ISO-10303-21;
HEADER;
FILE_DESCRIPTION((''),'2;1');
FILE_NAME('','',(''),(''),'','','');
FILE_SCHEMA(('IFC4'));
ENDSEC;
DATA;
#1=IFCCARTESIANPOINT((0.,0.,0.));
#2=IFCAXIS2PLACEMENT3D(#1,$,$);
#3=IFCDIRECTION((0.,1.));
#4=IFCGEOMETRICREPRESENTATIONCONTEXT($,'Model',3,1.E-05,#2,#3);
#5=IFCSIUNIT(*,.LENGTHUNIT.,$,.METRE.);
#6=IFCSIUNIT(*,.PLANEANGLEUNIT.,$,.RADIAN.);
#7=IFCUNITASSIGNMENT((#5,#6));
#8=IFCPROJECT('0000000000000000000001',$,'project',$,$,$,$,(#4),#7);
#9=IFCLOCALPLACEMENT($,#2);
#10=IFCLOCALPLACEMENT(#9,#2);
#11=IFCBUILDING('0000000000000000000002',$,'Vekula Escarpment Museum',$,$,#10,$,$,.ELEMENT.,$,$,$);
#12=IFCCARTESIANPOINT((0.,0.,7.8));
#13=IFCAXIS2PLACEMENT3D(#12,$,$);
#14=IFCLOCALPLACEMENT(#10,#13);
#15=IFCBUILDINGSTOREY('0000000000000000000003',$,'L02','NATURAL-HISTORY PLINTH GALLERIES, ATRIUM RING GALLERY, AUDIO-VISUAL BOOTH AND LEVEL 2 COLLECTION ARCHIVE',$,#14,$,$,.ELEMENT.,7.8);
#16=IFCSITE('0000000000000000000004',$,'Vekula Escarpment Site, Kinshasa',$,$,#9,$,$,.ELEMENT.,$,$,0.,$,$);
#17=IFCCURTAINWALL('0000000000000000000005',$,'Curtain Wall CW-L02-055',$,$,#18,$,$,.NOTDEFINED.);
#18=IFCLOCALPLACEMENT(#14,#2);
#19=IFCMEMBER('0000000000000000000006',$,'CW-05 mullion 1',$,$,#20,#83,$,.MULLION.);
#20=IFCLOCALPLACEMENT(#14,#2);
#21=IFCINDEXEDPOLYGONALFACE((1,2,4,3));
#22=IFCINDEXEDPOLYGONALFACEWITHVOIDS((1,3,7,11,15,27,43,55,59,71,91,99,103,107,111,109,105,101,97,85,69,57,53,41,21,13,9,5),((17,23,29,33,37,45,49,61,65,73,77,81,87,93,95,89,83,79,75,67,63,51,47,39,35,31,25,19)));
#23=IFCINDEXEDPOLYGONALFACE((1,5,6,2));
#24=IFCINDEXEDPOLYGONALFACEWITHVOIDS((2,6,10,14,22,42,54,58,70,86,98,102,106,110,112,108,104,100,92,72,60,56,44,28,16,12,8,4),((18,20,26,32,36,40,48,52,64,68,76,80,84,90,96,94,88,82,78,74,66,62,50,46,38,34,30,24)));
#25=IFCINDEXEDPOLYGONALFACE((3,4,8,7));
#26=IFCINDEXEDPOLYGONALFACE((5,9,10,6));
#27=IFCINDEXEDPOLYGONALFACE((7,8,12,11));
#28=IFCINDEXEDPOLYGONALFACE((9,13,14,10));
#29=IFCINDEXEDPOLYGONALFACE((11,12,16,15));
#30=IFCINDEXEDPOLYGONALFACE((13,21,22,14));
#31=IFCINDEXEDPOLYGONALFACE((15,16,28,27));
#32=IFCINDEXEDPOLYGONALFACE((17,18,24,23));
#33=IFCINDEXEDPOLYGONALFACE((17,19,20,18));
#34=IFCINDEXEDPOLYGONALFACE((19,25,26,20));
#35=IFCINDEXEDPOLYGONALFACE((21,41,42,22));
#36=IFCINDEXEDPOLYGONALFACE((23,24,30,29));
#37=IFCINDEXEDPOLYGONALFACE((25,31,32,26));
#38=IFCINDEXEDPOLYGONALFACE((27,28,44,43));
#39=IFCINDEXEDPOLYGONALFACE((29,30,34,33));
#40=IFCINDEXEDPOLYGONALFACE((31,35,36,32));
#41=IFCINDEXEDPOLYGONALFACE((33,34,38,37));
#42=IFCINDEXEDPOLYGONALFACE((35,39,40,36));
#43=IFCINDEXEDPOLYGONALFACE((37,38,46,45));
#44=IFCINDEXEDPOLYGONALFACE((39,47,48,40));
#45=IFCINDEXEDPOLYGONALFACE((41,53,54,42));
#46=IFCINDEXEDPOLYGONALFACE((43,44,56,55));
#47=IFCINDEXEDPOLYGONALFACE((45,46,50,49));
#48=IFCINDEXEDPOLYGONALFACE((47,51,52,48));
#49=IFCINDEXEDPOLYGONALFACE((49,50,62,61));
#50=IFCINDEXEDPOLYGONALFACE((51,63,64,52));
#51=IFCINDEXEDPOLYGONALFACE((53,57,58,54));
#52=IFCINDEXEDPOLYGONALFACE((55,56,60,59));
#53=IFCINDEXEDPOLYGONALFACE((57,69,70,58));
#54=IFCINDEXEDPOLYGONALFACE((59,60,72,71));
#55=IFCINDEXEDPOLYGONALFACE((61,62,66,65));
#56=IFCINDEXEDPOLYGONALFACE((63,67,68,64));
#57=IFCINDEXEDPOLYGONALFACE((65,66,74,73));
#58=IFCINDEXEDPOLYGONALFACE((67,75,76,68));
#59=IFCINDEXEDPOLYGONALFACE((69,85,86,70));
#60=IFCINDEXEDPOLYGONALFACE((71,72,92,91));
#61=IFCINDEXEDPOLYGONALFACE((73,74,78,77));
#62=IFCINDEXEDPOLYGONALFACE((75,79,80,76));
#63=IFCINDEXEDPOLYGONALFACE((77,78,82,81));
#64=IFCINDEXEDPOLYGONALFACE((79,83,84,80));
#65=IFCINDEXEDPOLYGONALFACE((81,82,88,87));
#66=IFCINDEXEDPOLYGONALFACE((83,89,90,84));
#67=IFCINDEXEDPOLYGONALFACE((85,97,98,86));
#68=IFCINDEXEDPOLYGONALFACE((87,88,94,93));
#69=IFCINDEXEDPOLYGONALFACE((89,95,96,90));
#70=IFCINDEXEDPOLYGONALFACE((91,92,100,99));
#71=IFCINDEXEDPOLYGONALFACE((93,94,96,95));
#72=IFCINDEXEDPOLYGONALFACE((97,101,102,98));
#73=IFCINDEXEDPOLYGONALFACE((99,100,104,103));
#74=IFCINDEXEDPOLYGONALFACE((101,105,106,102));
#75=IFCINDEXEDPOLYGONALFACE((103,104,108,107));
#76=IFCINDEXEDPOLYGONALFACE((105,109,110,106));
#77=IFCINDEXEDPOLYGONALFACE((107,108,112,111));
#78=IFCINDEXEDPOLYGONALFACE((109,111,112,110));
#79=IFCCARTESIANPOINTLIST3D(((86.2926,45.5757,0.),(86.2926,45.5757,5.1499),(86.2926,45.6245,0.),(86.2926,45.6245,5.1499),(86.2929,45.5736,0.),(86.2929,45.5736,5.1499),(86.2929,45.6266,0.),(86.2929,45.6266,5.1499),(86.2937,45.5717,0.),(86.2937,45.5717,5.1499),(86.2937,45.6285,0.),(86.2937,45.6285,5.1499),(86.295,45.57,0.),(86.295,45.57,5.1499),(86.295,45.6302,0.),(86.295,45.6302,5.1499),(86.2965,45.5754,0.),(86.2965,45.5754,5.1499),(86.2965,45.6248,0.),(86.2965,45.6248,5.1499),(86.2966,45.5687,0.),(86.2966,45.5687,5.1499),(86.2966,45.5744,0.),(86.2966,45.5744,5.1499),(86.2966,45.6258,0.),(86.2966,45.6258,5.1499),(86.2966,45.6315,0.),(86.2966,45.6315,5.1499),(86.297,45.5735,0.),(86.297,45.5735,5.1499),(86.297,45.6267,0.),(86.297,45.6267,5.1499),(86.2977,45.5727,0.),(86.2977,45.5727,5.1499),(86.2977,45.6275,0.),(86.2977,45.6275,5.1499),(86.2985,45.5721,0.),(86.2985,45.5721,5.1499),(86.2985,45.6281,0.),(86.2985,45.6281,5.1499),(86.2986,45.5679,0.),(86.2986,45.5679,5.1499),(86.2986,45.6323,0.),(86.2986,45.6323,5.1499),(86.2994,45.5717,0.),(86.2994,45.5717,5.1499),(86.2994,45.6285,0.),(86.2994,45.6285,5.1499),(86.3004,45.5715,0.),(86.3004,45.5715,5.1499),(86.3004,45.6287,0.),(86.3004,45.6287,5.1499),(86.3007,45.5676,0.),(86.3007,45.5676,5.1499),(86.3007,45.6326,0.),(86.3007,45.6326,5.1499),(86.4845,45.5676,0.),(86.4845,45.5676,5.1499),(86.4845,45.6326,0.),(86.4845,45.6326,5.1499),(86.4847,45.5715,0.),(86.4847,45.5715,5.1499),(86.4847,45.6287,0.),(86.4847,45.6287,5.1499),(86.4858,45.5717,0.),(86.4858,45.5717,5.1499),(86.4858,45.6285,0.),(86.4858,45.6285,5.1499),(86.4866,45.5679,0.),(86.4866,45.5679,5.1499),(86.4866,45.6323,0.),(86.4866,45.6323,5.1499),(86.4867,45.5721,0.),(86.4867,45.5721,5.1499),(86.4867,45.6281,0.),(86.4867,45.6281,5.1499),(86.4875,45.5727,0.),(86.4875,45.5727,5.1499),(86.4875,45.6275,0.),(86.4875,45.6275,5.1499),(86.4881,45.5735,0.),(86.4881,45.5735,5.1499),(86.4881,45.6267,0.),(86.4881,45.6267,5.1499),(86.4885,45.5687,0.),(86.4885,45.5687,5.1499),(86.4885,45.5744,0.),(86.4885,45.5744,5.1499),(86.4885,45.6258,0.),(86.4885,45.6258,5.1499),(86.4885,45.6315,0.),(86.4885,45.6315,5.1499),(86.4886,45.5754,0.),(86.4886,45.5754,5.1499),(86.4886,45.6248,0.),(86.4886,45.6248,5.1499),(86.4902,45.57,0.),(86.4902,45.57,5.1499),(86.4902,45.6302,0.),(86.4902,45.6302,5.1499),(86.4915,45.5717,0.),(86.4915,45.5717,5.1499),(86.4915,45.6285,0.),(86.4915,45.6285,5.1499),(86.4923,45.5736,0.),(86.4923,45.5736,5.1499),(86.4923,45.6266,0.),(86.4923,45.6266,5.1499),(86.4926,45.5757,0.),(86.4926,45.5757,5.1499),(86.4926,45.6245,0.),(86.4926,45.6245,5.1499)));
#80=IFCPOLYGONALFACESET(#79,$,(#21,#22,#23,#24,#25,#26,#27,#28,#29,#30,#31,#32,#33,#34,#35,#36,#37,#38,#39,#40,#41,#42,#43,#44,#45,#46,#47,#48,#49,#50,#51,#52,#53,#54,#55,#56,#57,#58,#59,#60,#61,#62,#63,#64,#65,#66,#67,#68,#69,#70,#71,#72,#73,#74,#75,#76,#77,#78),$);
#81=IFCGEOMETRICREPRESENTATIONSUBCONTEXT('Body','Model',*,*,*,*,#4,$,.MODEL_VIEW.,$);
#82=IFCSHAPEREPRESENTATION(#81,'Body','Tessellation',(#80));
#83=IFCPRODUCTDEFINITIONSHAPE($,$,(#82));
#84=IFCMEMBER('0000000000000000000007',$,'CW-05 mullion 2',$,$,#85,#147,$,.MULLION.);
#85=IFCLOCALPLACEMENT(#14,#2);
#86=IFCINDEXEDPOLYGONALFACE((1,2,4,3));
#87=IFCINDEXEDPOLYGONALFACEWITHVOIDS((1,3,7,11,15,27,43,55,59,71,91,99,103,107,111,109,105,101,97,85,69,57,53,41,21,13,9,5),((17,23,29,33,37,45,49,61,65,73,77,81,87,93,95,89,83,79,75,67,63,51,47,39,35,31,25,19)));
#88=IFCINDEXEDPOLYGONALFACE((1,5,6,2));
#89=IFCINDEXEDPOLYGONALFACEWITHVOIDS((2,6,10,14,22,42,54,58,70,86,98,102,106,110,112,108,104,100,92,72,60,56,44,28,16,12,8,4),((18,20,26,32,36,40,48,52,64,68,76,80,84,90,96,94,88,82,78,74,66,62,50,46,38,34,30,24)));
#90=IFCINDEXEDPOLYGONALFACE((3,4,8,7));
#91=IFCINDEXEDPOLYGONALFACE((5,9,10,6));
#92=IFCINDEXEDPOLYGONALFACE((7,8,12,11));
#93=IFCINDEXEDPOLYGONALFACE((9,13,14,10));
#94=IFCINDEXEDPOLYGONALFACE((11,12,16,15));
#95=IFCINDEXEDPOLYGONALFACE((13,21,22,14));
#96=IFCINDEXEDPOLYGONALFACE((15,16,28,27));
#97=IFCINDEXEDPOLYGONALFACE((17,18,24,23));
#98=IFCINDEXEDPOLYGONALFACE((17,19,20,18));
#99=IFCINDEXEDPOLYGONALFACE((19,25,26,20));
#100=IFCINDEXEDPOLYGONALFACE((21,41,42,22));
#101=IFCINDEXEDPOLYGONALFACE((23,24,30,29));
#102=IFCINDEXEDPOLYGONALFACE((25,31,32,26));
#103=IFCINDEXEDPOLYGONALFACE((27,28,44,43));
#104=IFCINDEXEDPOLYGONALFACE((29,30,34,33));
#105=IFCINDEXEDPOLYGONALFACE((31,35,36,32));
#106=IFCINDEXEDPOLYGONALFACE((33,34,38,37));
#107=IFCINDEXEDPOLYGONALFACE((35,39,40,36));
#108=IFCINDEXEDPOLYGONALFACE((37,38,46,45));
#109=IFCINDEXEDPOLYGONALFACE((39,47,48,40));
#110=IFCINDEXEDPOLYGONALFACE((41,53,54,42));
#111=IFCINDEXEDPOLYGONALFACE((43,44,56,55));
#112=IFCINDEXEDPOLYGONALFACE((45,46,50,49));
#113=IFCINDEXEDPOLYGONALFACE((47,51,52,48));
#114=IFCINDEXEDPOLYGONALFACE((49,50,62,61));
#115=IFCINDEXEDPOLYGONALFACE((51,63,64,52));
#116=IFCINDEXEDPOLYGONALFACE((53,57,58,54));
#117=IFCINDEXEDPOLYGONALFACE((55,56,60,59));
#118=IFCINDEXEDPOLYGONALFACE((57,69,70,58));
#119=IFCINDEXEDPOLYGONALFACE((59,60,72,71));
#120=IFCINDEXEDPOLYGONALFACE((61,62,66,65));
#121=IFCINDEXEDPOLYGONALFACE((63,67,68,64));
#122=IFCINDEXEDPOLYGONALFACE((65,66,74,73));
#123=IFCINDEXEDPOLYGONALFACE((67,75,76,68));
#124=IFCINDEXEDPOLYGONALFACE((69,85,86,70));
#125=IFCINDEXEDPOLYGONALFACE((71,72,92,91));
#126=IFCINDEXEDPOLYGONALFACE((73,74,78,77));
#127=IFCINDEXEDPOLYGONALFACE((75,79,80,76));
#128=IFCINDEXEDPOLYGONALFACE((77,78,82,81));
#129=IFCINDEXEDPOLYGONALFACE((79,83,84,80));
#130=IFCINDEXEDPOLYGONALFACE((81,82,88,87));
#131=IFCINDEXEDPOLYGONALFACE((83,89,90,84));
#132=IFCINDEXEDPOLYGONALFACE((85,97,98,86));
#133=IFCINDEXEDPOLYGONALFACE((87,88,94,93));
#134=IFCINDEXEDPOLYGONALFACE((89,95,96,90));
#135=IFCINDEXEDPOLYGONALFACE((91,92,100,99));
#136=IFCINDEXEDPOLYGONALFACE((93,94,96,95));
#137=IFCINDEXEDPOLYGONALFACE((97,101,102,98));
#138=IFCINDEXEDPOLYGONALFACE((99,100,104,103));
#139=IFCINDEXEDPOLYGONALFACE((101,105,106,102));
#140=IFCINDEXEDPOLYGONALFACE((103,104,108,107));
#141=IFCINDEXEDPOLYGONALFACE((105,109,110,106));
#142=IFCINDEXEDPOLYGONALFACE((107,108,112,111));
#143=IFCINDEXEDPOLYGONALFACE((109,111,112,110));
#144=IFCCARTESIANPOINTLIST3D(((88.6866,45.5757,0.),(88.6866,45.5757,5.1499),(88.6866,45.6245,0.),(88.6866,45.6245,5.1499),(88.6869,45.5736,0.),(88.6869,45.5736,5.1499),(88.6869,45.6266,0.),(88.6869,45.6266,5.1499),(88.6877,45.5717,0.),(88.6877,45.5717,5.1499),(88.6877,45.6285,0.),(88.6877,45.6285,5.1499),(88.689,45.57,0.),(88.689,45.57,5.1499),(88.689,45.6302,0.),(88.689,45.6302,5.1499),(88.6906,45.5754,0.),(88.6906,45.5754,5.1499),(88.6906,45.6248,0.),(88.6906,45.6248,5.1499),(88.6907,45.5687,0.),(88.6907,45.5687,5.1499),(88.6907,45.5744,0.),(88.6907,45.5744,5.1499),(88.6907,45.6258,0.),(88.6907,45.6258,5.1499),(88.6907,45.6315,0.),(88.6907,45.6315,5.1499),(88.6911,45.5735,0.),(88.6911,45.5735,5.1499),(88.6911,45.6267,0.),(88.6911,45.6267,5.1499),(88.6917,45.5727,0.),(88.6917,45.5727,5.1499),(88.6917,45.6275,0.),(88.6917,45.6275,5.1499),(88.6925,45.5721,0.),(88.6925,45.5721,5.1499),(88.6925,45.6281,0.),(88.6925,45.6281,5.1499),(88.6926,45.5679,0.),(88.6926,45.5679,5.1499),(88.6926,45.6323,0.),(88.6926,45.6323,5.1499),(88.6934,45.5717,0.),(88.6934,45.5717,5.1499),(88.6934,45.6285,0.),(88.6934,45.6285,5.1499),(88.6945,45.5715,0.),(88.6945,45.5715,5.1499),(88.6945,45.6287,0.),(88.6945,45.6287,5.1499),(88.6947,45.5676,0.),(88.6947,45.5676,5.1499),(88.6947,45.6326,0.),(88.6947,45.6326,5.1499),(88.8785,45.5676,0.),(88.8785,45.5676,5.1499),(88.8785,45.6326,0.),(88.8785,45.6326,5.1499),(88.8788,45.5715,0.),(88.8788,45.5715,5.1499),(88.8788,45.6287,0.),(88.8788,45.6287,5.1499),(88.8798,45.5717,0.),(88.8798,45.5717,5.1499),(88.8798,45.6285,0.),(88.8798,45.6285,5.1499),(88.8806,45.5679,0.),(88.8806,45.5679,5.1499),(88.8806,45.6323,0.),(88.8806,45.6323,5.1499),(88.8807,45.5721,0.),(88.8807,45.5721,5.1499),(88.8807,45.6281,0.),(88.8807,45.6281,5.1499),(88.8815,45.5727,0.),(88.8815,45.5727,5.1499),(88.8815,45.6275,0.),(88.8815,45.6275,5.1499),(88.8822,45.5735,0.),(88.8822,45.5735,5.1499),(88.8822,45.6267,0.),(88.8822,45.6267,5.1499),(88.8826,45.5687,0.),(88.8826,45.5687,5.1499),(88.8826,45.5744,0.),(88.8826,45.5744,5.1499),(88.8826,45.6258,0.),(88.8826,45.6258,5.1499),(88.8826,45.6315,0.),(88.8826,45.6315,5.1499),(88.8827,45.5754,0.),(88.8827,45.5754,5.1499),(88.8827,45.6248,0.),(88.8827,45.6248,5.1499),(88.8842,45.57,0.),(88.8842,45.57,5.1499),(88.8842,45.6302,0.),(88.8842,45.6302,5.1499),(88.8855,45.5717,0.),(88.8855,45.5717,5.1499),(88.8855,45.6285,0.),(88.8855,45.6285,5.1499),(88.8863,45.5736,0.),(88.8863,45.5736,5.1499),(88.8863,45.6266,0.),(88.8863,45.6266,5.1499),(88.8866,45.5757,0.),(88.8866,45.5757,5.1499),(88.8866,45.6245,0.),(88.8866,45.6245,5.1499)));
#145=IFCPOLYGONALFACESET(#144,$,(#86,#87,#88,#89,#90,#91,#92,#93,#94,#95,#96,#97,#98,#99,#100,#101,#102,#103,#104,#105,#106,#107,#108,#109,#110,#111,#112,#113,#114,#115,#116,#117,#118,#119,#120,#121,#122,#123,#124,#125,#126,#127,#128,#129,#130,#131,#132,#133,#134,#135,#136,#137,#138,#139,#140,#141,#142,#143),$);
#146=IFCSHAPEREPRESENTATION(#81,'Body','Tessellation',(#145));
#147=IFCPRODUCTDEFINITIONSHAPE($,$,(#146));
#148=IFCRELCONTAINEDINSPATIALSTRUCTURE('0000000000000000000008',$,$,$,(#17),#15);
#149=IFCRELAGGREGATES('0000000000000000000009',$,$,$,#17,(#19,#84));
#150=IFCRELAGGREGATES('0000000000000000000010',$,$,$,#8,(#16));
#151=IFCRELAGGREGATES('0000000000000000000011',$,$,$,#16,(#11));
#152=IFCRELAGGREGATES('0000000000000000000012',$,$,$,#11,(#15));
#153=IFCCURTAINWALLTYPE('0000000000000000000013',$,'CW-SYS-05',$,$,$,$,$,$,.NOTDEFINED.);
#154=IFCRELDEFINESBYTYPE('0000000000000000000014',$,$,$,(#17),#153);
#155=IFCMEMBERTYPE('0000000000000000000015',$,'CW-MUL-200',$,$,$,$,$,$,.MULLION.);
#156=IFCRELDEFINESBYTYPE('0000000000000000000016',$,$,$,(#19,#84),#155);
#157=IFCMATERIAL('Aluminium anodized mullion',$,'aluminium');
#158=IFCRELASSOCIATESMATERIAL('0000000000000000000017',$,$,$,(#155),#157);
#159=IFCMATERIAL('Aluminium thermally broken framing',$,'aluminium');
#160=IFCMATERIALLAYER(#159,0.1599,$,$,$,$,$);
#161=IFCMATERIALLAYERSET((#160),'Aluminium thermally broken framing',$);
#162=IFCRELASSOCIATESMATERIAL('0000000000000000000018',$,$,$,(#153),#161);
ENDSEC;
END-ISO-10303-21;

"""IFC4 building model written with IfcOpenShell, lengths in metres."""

from ifc_helpers import new_model, si_unit, direction, frame, origin, origin_2d, place, context, subcontext, project, spatial, hollow_rectangle, extrude, material, layer, layer_set, material_profile, profile_set, type_object, element, aggregate, save


model = new_model("IFC4")

# Units and contexts
model_context = context("Model", 3, precision=1e-05, world=origin(), true_north=direction((0.0, 1.0)))
body_context = subcontext(model_context, "Body", "Model", "MODEL_VIEW")
ifc_project = project(units=[si_unit("LENGTHUNIT", "METRE"), si_unit("PLANEANGLEUNIT", "RADIAN")], contexts=[model_context])

# Site, building, storey
site_placement = place(None, origin())
site = spatial("IfcSite", under=ifc_project, at=site_placement, Name="Vekula Escarpment Site, Kinshasa", CompositionType="ELEMENT", RefElevation=0.0)
building_placement = place(site_placement, origin())
building = spatial("IfcBuilding", under=site, at=building_placement, Name="Vekula Escarpment Museum", CompositionType="ELEMENT")
storey_placement = place(building_placement, frame((0.0, 0.0, 7.8)))
storey = spatial("IfcBuildingStorey", under=building, at=storey_placement, Name="L02", Description="NATURAL-HISTORY PLINTH GALLERIES, ATRIUM RING GALLERY, AUDIO-VISUAL BOOTH AND LEVEL 2 COLLECTION ARCHIVE", CompositionType="ELEMENT", Elevation=7.8)

# Curtain wall, members
ifc_material_1 = material(Name="Aluminium anodized mullion", Category="aluminium")
ifc_material_profile_1 = material_profile(ifc_material_1, hollow_rectangle(XDim=0.0649, YDim=0.2, WallThickness=0.0039, InnerFilletRadius=0.0039, OuterFilletRadius=0.0081, at=origin_2d()), Name="ALU 200x65x4")
ifc_profile_set_1 = profile_set([ifc_material_profile_1], Name="Aluminium anodized mullion")
member_type_1 = type_object("IfcMemberType", Name="CW-MUL-200", PredefinedType="MULLION", material=ifc_profile_set_1)
ifc_material_2 = material(Name="Aluminium thermally broken framing", Category="aluminium")
ifc_layer_1 = layer(ifc_material_2, 0.1599)
ifc_layer_set_1 = layer_set([ifc_layer_1], Name="Aluminium thermally broken framing")
curtain_wall_type_1 = type_object("IfcCurtainWallType", Name="CW-SYS-05", PredefinedType="NOTDEFINED", material=ifc_layer_set_1)
curtain_wall_1_placement = place(storey_placement, origin())
curtain_wall_1 = element("IfcCurtainWall", 1, at=curtain_wall_1_placement, inside=storey, type_object=curtain_wall_type_1, Name="Curtain Wall CW-L02-055", PredefinedType="NOTDEFINED")
member_1_placement = place(storey_placement, frame((86.3926, 45.6001, 0.0), z_axis=(0.0, 0.0, 1.0), x_axis=(0.0, 1.0, 0.0)))
member_1 = element("IfcMember", 2, at=member_1_placement, type_object=member_type_1, Name="CW-05 mullion 1", PredefinedType="MULLION", context=body_context, shape_type="SweptSolid", body=[
    extrude(hollow_rectangle(XDim=0.0649, YDim=0.2, WallThickness=0.0039, InnerFilletRadius=0.0039, OuterFilletRadius=0.0081, at=origin_2d()), origin(), (0.0, 0.0, 1.0), 5.1499),
])
member_2_placement = place(storey_placement, frame((88.7866, 45.6001, 0.0), z_axis=(0.0, 0.0, 1.0), x_axis=(0.0, 1.0, 0.0)))
member_2 = element("IfcMember", 3, at=member_2_placement, type_object=member_type_1, Name="CW-05 mullion 2", PredefinedType="MULLION", context=body_context, shape_type="SweptSolid", body=[
    extrude(hollow_rectangle(XDim=0.0649, YDim=0.2, WallThickness=0.0039, InnerFilletRadius=0.0039, OuterFilletRadius=0.0081, at=origin_2d()), origin(), (0.0, 0.0, 1.0), 5.1499),
])

aggregate(curtain_wall_1, [member_1, member_2])

save(model, "model.ifc")
